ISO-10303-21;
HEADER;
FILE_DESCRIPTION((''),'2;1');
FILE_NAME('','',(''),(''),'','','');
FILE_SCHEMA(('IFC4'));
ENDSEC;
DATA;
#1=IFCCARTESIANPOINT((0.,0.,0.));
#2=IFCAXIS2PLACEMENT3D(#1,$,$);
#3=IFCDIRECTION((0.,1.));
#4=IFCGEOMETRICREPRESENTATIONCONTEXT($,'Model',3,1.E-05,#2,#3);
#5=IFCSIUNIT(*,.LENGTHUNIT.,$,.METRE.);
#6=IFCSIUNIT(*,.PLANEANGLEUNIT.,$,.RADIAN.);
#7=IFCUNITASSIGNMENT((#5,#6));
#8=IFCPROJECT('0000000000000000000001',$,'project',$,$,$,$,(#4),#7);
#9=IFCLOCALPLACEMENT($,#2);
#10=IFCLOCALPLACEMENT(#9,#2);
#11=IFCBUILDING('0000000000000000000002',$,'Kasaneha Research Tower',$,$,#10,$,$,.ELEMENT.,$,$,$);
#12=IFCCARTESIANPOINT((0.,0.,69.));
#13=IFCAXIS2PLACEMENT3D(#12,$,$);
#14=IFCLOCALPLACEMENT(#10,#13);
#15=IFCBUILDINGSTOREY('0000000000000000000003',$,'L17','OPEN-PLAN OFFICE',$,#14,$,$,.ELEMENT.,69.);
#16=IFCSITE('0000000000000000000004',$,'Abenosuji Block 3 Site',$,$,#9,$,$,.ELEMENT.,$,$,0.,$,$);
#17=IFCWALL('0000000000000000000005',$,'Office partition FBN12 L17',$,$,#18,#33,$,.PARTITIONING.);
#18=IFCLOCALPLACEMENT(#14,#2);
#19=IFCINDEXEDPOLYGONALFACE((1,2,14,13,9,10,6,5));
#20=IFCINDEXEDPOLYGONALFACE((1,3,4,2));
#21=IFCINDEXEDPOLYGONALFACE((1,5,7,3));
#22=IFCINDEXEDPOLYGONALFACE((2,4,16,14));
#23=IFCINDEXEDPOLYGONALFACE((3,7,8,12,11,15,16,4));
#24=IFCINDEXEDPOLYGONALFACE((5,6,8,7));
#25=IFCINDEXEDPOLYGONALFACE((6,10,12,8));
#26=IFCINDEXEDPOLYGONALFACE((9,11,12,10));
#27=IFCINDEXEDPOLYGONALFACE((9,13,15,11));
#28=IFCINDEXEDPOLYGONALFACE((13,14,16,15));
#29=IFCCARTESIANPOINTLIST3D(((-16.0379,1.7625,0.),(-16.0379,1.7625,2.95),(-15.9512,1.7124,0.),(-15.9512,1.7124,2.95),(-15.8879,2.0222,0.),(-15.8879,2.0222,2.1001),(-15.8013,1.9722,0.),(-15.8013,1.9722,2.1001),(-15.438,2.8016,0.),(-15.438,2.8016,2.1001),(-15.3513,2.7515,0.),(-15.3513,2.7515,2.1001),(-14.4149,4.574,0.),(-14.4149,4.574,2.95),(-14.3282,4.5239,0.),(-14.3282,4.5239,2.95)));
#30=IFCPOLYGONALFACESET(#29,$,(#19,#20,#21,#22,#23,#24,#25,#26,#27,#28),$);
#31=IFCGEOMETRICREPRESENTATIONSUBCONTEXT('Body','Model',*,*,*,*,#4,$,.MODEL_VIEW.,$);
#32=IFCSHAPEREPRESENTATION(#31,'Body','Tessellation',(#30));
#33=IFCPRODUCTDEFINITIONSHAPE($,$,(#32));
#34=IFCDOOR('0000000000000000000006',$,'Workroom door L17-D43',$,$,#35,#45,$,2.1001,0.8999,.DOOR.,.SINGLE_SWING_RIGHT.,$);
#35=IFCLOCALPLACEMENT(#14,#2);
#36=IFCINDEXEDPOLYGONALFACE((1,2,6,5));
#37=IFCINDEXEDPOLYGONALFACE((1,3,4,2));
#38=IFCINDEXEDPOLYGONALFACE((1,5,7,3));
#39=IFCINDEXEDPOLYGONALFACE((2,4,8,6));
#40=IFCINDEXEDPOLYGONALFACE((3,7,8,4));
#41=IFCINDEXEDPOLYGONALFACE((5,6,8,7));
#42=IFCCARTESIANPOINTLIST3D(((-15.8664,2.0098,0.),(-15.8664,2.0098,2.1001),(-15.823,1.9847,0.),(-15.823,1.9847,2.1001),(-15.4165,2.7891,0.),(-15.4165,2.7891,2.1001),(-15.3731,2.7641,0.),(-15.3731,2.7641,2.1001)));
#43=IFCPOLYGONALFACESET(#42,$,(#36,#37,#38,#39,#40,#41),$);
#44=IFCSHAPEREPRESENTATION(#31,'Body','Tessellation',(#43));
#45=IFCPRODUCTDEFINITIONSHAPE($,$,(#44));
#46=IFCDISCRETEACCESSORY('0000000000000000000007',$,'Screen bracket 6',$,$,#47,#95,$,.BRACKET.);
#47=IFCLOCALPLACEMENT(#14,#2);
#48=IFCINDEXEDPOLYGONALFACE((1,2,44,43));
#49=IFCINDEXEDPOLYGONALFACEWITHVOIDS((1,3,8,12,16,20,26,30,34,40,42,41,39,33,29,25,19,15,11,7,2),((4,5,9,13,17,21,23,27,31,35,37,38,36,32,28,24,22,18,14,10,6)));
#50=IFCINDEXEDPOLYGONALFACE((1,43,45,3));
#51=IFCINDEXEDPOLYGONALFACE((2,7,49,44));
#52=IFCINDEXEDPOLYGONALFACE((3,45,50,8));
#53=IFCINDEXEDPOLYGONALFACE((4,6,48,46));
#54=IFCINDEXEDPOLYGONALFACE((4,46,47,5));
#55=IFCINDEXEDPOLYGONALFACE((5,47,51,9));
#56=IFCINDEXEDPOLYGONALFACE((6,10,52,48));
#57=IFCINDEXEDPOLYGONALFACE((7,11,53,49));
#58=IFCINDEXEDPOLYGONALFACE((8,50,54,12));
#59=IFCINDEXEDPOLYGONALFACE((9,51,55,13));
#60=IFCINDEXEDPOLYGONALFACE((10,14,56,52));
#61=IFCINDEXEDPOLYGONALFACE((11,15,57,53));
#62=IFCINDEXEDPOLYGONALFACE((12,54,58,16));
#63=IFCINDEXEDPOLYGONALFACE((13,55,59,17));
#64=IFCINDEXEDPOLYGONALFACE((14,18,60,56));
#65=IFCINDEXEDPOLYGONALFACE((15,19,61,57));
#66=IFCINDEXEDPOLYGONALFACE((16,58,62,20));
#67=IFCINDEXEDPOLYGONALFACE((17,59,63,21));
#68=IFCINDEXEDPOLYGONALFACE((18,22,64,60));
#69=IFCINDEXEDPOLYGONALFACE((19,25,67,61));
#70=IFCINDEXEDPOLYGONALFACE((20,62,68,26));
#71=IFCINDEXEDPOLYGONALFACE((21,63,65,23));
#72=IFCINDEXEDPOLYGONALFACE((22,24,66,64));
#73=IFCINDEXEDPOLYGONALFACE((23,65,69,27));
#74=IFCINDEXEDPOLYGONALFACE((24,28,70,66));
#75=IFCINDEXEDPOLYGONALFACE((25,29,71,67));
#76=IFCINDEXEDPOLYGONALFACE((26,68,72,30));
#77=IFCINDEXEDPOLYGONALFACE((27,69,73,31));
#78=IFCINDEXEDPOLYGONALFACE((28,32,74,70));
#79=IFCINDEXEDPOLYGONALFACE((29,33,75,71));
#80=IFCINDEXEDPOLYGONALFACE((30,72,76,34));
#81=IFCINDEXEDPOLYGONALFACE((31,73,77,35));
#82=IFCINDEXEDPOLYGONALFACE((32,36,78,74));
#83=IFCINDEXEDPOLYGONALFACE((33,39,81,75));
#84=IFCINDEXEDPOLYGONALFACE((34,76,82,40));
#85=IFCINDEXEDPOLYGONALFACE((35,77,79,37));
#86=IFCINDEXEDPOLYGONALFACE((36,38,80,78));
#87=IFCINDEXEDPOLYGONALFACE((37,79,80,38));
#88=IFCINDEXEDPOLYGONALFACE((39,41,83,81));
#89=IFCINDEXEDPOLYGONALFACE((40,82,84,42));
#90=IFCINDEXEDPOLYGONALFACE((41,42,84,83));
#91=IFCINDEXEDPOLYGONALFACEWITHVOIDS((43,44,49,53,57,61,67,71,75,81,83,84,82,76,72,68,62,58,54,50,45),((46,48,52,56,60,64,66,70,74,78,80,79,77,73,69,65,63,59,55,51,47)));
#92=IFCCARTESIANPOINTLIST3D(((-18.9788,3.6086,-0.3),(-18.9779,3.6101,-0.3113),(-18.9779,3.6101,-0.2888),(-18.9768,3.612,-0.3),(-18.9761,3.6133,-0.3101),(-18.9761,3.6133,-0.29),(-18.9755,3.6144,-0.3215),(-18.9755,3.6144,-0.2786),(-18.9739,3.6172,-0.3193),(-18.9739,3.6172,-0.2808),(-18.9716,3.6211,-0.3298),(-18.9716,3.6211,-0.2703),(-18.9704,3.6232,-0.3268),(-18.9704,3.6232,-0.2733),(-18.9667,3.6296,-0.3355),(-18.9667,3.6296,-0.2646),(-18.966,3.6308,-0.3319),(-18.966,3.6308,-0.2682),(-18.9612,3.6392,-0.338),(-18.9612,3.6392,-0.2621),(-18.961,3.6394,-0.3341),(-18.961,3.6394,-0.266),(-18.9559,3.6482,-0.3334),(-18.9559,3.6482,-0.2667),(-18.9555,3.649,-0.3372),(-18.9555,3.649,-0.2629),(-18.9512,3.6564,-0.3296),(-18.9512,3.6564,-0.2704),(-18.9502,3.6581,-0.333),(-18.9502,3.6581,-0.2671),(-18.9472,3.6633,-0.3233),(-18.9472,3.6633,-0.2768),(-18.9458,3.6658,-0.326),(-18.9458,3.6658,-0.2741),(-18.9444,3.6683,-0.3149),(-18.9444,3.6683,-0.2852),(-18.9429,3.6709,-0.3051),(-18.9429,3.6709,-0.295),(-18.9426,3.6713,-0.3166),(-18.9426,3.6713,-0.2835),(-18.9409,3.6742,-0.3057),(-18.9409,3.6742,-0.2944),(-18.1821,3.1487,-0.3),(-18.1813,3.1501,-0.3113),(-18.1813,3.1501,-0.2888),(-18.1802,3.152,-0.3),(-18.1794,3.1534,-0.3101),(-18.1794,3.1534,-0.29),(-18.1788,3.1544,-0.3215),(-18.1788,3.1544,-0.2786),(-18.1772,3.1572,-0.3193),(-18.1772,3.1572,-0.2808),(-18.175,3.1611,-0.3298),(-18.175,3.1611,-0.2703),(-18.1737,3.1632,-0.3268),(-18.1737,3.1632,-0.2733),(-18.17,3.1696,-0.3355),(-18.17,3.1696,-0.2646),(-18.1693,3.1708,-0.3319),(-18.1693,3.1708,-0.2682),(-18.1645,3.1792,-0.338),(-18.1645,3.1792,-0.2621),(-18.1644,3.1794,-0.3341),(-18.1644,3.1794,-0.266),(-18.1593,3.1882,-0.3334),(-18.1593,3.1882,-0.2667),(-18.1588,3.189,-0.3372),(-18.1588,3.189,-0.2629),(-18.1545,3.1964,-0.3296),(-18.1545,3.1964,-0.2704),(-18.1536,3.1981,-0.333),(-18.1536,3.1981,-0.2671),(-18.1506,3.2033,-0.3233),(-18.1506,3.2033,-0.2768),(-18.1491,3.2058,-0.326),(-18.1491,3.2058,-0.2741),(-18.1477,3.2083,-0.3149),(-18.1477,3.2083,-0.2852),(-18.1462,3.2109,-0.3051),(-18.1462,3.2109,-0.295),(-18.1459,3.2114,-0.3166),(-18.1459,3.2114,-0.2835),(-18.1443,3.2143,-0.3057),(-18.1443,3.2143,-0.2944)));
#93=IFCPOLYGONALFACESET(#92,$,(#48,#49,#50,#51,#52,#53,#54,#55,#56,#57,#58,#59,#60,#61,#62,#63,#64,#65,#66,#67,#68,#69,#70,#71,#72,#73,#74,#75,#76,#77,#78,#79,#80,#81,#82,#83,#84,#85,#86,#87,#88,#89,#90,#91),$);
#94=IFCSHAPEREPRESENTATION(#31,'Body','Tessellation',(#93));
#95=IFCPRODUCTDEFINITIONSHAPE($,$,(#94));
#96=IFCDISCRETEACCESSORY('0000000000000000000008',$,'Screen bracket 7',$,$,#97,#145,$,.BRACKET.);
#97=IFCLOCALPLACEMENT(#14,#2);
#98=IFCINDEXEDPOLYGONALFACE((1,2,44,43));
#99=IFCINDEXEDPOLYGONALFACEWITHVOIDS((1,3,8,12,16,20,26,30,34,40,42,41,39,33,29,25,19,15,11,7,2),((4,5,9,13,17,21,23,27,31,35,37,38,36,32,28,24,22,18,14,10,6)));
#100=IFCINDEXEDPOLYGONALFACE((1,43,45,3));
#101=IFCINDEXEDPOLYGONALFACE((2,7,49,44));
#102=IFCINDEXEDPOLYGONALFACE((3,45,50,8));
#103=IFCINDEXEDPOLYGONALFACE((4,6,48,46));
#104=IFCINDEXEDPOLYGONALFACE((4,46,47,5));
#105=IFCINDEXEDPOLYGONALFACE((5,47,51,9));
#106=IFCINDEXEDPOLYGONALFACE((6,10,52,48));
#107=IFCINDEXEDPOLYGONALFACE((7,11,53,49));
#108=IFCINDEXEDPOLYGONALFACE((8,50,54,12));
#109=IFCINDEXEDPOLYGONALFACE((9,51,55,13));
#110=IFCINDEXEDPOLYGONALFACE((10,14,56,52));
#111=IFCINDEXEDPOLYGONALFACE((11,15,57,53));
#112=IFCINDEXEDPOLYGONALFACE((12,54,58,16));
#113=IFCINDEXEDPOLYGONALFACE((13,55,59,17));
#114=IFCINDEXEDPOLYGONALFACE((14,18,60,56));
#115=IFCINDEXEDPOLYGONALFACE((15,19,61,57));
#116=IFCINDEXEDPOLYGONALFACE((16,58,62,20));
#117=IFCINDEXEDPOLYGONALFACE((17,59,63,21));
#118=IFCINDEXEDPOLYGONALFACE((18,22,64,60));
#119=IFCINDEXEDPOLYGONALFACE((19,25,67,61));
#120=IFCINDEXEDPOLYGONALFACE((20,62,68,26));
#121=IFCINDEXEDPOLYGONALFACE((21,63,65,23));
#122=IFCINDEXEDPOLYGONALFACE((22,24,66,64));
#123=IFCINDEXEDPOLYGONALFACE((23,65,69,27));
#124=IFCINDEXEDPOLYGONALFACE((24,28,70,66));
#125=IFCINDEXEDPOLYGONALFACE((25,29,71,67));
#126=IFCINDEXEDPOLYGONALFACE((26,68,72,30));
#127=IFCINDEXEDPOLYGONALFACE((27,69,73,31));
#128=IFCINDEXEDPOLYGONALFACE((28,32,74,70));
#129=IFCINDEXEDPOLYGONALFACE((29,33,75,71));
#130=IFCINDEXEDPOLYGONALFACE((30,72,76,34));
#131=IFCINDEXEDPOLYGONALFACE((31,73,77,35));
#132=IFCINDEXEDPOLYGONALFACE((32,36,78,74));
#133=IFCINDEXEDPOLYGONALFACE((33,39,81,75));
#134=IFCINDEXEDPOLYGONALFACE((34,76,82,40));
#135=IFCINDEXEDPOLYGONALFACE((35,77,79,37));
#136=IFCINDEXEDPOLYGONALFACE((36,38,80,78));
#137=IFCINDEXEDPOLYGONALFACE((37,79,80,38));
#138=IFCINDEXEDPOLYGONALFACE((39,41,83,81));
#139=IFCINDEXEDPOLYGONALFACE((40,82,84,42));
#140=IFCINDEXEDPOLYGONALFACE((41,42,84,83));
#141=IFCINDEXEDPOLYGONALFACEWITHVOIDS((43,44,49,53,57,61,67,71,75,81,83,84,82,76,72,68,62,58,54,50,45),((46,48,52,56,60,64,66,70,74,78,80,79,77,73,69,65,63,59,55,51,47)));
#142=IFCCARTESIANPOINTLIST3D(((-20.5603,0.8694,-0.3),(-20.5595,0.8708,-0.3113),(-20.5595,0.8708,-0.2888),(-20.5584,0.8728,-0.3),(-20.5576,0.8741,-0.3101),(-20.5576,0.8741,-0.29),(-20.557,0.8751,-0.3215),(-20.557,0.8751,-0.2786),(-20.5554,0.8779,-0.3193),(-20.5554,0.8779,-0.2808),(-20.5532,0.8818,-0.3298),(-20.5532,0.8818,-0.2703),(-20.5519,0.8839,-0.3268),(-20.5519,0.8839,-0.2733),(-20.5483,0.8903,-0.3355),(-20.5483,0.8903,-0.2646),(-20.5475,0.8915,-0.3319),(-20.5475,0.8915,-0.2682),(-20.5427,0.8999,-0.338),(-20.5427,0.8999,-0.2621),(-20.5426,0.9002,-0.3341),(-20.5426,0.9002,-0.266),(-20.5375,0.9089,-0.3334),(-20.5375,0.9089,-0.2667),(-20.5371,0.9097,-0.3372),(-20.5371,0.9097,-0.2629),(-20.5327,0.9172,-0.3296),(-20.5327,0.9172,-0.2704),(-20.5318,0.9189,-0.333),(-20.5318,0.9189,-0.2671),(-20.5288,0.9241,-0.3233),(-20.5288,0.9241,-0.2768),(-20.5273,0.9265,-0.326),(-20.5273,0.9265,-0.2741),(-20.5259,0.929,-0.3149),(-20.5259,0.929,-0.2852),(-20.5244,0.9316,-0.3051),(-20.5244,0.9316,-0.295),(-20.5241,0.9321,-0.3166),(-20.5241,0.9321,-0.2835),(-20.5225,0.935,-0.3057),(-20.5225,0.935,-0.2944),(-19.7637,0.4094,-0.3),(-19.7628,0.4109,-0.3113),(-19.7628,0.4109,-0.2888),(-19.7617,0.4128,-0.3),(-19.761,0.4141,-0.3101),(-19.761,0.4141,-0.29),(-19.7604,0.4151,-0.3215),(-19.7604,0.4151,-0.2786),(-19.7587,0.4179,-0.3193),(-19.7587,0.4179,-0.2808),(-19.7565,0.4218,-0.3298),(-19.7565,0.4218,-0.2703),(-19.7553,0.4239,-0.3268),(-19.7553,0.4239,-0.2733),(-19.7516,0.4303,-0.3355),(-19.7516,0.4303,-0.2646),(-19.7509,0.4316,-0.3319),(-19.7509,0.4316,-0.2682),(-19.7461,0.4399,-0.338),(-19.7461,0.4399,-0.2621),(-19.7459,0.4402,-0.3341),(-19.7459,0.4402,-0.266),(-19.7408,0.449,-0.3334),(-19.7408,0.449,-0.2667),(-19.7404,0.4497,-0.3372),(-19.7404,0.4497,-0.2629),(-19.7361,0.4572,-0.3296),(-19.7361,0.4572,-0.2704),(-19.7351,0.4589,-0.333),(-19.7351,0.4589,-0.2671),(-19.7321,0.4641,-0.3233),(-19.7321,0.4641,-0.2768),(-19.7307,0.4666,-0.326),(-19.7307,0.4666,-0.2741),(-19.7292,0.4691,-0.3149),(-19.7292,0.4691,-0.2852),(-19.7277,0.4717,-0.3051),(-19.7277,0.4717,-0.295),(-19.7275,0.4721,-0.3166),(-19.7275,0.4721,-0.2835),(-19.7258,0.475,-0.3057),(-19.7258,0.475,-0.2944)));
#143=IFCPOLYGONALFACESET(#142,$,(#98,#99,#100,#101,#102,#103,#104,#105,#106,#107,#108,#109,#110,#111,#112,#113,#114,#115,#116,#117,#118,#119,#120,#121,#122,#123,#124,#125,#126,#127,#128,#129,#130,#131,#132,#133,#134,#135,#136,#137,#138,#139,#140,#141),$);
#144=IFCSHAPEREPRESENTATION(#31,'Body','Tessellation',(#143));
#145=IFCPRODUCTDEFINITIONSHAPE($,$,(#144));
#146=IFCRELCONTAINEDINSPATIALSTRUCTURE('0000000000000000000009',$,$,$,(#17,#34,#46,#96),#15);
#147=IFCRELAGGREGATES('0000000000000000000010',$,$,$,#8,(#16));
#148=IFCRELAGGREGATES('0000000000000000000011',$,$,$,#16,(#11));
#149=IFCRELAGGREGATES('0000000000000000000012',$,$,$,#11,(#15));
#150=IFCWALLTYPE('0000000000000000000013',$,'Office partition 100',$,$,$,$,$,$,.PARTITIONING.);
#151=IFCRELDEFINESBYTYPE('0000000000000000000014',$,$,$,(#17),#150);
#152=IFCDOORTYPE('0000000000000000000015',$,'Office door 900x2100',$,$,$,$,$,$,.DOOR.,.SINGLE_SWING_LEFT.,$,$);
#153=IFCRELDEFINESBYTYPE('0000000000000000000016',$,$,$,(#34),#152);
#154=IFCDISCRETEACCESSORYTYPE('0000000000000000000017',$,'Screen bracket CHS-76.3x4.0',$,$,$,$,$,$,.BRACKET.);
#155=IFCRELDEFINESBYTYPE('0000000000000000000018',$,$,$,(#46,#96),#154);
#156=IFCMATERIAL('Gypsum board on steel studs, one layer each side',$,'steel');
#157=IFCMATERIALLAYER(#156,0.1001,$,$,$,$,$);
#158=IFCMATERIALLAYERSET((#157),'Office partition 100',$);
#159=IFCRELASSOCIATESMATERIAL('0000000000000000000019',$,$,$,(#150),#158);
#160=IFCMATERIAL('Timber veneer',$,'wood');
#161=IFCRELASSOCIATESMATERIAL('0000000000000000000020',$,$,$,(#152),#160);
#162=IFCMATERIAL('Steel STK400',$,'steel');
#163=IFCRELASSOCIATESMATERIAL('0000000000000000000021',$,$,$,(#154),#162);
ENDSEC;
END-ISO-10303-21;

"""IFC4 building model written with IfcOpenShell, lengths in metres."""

from ifc_helpers import new_model, si_unit, direction, frame, frame_2d, origin, origin_2d, place, context, subcontext, project, spatial, rectangle, hollow_circle, extrude, material, layer, layer_set, material_profile, profile_set, type_object, element, fill, save


model = new_model("IFC4")

# Units and contexts
model_context = context("Model", 3, precision=1e-05, world=origin(), true_north=direction((0.0, 1.0)))
body_context = subcontext(model_context, "Body", "Model", "MODEL_VIEW")
ifc_project = project(units=[si_unit("LENGTHUNIT", "METRE"), si_unit("PLANEANGLEUNIT", "RADIAN")], contexts=[model_context])

# Site, building, storey
site_placement = place(None, origin())
site = spatial("IfcSite", under=ifc_project, at=site_placement, Name="Abenosuji Block 3 Site", CompositionType="ELEMENT", RefElevation=0.0)
building_placement = place(site_placement, origin())
building = spatial("IfcBuilding", under=site, at=building_placement, Name="Kasaneha Research Tower", CompositionType="ELEMENT")
storey_placement = place(building_placement, frame((0.0, 0.0, 69.0)))
storey = spatial("IfcBuildingStorey", under=building, at=storey_placement, Name="L17", Description="OPEN-PLAN OFFICE", CompositionType="ELEMENT", Elevation=69.0)

# Shared definitions
ifc_material_1 = material(Name="Gypsum board on steel studs, one layer each side", Category="steel")
ifc_layer_1 = layer(ifc_material_1, 0.1001)
ifc_layer_set_1 = layer_set([ifc_layer_1], Name="Office partition 100")
wall_type_1 = type_object("IfcWallType", Name="Office partition 100", PredefinedType="PARTITIONING", material=ifc_layer_set_1)

# Wall, opening, door
wall_1_placement = place(storey_placement, frame((-14.3716, 4.5488, 0.0), z_axis=(0.0, 0.0, 1.0), x_axis=(-0.499957, -0.86605, 0.0)))
wall_1 = element("IfcWall", 1, at=wall_1_placement, inside=storey, type_object=wall_type_1, Name="Office partition FBN12 L17", PredefinedType="PARTITIONING", context=body_context, shape_type="SweptSolid", body=[
    extrude(rectangle(XDim=3.2463, YDim=0.1001, at=frame_2d((1.623, 0.0))), origin(), (0.0, 0.0, 1.0), 2.95),
])
opening_1_placement = place(wall_1_placement, frame((2.0464, 0.0, 0.0)))
opening_1 = element("IfcOpeningElement", 2, at=opening_1_placement, cuts=wall_1, PredefinedType="OPENING", context=body_context, shape_type="SweptSolid", body=[
    extrude(rectangle(XDim=0.8999, YDim=2.1001, at=frame_2d((0.45, 1.05))), frame((0.0, 0.0601, 0.0), z_axis=(0.0, -1.0, 0.0), x_axis=(1.0, 0.0, 0.0)), (0.0, 0.0, 1.0), 0.1201),
])
ifc_material_2 = material(Name="Timber veneer", Category="wood")
door_type_1 = type_object("IfcDoorType", Name="Office door 900x2100", OperationType="SINGLE_SWING_LEFT", PredefinedType="DOOR", material=ifc_material_2)
door_1_placement = place(opening_1_placement, origin())
door_1 = element("IfcDoor", 3, at=door_1_placement, inside=storey, type_object=door_type_1, Name="Workroom door L17-D43", OperationType="SINGLE_SWING_RIGHT", OverallHeight=2.1001, OverallWidth=0.8999, PredefinedType="DOOR", context=body_context, shape_type="SweptSolid", body=[
    extrude(rectangle(XDim=0.8999, YDim=2.1001, at=frame_2d((0.45, 1.05))), frame((0.0, 0.0249, 0.0), z_axis=(0.0, -1.0, 0.0), x_axis=(1.0, 0.0, 0.0)), (0.0, 0.0, 1.0), 0.05),
])
fill(opening_1, door_1)

# Discrete accessories
ifc_material_3 = material(Name="Steel STK400", Category="steel")
ifc_material_profile_1 = material_profile(ifc_material_3, hollow_circle(Radius=0.0381, WallThickness=0.0039, at=origin_2d()), Name="CHS-76.3x4.0")
ifc_profile_set_1 = profile_set([ifc_material_profile_1], Name="Steel STK400")
discrete_accessory_type = type_object("IfcDiscreteAccessoryType", Name="Screen bracket CHS-76.3x4.0", PredefinedType="BRACKET", material=ifc_profile_set_1)
for number, where, z_axis, x_axis, name in (
    (4, (-18.1631, 3.1816, -0.3), (-0.866013, 0.500021, 0.0), (-0.500021, -0.866013, 0.0), "Screen bracket 6"),
    (5, (-19.7446, 0.4424, -0.3), (-0.866013, 0.500021, 0.0), (-0.500021, -0.866013, 0.0), "Screen bracket 7"),
):
    element("IfcDiscreteAccessory", number, at=place(storey_placement, frame(where, z_axis=z_axis, x_axis=x_axis)), inside=storey, type_object=discrete_accessory_type, Name=name, PredefinedType="BRACKET", context=body_context, shape_type="SweptSolid", body=[
        extrude(hollow_circle(Radius=0.0381, WallThickness=0.0039, at=origin_2d()), origin(), (0.0, 0.0, 1.0), 0.9199),
    ])

save(model, "model.ifc")
